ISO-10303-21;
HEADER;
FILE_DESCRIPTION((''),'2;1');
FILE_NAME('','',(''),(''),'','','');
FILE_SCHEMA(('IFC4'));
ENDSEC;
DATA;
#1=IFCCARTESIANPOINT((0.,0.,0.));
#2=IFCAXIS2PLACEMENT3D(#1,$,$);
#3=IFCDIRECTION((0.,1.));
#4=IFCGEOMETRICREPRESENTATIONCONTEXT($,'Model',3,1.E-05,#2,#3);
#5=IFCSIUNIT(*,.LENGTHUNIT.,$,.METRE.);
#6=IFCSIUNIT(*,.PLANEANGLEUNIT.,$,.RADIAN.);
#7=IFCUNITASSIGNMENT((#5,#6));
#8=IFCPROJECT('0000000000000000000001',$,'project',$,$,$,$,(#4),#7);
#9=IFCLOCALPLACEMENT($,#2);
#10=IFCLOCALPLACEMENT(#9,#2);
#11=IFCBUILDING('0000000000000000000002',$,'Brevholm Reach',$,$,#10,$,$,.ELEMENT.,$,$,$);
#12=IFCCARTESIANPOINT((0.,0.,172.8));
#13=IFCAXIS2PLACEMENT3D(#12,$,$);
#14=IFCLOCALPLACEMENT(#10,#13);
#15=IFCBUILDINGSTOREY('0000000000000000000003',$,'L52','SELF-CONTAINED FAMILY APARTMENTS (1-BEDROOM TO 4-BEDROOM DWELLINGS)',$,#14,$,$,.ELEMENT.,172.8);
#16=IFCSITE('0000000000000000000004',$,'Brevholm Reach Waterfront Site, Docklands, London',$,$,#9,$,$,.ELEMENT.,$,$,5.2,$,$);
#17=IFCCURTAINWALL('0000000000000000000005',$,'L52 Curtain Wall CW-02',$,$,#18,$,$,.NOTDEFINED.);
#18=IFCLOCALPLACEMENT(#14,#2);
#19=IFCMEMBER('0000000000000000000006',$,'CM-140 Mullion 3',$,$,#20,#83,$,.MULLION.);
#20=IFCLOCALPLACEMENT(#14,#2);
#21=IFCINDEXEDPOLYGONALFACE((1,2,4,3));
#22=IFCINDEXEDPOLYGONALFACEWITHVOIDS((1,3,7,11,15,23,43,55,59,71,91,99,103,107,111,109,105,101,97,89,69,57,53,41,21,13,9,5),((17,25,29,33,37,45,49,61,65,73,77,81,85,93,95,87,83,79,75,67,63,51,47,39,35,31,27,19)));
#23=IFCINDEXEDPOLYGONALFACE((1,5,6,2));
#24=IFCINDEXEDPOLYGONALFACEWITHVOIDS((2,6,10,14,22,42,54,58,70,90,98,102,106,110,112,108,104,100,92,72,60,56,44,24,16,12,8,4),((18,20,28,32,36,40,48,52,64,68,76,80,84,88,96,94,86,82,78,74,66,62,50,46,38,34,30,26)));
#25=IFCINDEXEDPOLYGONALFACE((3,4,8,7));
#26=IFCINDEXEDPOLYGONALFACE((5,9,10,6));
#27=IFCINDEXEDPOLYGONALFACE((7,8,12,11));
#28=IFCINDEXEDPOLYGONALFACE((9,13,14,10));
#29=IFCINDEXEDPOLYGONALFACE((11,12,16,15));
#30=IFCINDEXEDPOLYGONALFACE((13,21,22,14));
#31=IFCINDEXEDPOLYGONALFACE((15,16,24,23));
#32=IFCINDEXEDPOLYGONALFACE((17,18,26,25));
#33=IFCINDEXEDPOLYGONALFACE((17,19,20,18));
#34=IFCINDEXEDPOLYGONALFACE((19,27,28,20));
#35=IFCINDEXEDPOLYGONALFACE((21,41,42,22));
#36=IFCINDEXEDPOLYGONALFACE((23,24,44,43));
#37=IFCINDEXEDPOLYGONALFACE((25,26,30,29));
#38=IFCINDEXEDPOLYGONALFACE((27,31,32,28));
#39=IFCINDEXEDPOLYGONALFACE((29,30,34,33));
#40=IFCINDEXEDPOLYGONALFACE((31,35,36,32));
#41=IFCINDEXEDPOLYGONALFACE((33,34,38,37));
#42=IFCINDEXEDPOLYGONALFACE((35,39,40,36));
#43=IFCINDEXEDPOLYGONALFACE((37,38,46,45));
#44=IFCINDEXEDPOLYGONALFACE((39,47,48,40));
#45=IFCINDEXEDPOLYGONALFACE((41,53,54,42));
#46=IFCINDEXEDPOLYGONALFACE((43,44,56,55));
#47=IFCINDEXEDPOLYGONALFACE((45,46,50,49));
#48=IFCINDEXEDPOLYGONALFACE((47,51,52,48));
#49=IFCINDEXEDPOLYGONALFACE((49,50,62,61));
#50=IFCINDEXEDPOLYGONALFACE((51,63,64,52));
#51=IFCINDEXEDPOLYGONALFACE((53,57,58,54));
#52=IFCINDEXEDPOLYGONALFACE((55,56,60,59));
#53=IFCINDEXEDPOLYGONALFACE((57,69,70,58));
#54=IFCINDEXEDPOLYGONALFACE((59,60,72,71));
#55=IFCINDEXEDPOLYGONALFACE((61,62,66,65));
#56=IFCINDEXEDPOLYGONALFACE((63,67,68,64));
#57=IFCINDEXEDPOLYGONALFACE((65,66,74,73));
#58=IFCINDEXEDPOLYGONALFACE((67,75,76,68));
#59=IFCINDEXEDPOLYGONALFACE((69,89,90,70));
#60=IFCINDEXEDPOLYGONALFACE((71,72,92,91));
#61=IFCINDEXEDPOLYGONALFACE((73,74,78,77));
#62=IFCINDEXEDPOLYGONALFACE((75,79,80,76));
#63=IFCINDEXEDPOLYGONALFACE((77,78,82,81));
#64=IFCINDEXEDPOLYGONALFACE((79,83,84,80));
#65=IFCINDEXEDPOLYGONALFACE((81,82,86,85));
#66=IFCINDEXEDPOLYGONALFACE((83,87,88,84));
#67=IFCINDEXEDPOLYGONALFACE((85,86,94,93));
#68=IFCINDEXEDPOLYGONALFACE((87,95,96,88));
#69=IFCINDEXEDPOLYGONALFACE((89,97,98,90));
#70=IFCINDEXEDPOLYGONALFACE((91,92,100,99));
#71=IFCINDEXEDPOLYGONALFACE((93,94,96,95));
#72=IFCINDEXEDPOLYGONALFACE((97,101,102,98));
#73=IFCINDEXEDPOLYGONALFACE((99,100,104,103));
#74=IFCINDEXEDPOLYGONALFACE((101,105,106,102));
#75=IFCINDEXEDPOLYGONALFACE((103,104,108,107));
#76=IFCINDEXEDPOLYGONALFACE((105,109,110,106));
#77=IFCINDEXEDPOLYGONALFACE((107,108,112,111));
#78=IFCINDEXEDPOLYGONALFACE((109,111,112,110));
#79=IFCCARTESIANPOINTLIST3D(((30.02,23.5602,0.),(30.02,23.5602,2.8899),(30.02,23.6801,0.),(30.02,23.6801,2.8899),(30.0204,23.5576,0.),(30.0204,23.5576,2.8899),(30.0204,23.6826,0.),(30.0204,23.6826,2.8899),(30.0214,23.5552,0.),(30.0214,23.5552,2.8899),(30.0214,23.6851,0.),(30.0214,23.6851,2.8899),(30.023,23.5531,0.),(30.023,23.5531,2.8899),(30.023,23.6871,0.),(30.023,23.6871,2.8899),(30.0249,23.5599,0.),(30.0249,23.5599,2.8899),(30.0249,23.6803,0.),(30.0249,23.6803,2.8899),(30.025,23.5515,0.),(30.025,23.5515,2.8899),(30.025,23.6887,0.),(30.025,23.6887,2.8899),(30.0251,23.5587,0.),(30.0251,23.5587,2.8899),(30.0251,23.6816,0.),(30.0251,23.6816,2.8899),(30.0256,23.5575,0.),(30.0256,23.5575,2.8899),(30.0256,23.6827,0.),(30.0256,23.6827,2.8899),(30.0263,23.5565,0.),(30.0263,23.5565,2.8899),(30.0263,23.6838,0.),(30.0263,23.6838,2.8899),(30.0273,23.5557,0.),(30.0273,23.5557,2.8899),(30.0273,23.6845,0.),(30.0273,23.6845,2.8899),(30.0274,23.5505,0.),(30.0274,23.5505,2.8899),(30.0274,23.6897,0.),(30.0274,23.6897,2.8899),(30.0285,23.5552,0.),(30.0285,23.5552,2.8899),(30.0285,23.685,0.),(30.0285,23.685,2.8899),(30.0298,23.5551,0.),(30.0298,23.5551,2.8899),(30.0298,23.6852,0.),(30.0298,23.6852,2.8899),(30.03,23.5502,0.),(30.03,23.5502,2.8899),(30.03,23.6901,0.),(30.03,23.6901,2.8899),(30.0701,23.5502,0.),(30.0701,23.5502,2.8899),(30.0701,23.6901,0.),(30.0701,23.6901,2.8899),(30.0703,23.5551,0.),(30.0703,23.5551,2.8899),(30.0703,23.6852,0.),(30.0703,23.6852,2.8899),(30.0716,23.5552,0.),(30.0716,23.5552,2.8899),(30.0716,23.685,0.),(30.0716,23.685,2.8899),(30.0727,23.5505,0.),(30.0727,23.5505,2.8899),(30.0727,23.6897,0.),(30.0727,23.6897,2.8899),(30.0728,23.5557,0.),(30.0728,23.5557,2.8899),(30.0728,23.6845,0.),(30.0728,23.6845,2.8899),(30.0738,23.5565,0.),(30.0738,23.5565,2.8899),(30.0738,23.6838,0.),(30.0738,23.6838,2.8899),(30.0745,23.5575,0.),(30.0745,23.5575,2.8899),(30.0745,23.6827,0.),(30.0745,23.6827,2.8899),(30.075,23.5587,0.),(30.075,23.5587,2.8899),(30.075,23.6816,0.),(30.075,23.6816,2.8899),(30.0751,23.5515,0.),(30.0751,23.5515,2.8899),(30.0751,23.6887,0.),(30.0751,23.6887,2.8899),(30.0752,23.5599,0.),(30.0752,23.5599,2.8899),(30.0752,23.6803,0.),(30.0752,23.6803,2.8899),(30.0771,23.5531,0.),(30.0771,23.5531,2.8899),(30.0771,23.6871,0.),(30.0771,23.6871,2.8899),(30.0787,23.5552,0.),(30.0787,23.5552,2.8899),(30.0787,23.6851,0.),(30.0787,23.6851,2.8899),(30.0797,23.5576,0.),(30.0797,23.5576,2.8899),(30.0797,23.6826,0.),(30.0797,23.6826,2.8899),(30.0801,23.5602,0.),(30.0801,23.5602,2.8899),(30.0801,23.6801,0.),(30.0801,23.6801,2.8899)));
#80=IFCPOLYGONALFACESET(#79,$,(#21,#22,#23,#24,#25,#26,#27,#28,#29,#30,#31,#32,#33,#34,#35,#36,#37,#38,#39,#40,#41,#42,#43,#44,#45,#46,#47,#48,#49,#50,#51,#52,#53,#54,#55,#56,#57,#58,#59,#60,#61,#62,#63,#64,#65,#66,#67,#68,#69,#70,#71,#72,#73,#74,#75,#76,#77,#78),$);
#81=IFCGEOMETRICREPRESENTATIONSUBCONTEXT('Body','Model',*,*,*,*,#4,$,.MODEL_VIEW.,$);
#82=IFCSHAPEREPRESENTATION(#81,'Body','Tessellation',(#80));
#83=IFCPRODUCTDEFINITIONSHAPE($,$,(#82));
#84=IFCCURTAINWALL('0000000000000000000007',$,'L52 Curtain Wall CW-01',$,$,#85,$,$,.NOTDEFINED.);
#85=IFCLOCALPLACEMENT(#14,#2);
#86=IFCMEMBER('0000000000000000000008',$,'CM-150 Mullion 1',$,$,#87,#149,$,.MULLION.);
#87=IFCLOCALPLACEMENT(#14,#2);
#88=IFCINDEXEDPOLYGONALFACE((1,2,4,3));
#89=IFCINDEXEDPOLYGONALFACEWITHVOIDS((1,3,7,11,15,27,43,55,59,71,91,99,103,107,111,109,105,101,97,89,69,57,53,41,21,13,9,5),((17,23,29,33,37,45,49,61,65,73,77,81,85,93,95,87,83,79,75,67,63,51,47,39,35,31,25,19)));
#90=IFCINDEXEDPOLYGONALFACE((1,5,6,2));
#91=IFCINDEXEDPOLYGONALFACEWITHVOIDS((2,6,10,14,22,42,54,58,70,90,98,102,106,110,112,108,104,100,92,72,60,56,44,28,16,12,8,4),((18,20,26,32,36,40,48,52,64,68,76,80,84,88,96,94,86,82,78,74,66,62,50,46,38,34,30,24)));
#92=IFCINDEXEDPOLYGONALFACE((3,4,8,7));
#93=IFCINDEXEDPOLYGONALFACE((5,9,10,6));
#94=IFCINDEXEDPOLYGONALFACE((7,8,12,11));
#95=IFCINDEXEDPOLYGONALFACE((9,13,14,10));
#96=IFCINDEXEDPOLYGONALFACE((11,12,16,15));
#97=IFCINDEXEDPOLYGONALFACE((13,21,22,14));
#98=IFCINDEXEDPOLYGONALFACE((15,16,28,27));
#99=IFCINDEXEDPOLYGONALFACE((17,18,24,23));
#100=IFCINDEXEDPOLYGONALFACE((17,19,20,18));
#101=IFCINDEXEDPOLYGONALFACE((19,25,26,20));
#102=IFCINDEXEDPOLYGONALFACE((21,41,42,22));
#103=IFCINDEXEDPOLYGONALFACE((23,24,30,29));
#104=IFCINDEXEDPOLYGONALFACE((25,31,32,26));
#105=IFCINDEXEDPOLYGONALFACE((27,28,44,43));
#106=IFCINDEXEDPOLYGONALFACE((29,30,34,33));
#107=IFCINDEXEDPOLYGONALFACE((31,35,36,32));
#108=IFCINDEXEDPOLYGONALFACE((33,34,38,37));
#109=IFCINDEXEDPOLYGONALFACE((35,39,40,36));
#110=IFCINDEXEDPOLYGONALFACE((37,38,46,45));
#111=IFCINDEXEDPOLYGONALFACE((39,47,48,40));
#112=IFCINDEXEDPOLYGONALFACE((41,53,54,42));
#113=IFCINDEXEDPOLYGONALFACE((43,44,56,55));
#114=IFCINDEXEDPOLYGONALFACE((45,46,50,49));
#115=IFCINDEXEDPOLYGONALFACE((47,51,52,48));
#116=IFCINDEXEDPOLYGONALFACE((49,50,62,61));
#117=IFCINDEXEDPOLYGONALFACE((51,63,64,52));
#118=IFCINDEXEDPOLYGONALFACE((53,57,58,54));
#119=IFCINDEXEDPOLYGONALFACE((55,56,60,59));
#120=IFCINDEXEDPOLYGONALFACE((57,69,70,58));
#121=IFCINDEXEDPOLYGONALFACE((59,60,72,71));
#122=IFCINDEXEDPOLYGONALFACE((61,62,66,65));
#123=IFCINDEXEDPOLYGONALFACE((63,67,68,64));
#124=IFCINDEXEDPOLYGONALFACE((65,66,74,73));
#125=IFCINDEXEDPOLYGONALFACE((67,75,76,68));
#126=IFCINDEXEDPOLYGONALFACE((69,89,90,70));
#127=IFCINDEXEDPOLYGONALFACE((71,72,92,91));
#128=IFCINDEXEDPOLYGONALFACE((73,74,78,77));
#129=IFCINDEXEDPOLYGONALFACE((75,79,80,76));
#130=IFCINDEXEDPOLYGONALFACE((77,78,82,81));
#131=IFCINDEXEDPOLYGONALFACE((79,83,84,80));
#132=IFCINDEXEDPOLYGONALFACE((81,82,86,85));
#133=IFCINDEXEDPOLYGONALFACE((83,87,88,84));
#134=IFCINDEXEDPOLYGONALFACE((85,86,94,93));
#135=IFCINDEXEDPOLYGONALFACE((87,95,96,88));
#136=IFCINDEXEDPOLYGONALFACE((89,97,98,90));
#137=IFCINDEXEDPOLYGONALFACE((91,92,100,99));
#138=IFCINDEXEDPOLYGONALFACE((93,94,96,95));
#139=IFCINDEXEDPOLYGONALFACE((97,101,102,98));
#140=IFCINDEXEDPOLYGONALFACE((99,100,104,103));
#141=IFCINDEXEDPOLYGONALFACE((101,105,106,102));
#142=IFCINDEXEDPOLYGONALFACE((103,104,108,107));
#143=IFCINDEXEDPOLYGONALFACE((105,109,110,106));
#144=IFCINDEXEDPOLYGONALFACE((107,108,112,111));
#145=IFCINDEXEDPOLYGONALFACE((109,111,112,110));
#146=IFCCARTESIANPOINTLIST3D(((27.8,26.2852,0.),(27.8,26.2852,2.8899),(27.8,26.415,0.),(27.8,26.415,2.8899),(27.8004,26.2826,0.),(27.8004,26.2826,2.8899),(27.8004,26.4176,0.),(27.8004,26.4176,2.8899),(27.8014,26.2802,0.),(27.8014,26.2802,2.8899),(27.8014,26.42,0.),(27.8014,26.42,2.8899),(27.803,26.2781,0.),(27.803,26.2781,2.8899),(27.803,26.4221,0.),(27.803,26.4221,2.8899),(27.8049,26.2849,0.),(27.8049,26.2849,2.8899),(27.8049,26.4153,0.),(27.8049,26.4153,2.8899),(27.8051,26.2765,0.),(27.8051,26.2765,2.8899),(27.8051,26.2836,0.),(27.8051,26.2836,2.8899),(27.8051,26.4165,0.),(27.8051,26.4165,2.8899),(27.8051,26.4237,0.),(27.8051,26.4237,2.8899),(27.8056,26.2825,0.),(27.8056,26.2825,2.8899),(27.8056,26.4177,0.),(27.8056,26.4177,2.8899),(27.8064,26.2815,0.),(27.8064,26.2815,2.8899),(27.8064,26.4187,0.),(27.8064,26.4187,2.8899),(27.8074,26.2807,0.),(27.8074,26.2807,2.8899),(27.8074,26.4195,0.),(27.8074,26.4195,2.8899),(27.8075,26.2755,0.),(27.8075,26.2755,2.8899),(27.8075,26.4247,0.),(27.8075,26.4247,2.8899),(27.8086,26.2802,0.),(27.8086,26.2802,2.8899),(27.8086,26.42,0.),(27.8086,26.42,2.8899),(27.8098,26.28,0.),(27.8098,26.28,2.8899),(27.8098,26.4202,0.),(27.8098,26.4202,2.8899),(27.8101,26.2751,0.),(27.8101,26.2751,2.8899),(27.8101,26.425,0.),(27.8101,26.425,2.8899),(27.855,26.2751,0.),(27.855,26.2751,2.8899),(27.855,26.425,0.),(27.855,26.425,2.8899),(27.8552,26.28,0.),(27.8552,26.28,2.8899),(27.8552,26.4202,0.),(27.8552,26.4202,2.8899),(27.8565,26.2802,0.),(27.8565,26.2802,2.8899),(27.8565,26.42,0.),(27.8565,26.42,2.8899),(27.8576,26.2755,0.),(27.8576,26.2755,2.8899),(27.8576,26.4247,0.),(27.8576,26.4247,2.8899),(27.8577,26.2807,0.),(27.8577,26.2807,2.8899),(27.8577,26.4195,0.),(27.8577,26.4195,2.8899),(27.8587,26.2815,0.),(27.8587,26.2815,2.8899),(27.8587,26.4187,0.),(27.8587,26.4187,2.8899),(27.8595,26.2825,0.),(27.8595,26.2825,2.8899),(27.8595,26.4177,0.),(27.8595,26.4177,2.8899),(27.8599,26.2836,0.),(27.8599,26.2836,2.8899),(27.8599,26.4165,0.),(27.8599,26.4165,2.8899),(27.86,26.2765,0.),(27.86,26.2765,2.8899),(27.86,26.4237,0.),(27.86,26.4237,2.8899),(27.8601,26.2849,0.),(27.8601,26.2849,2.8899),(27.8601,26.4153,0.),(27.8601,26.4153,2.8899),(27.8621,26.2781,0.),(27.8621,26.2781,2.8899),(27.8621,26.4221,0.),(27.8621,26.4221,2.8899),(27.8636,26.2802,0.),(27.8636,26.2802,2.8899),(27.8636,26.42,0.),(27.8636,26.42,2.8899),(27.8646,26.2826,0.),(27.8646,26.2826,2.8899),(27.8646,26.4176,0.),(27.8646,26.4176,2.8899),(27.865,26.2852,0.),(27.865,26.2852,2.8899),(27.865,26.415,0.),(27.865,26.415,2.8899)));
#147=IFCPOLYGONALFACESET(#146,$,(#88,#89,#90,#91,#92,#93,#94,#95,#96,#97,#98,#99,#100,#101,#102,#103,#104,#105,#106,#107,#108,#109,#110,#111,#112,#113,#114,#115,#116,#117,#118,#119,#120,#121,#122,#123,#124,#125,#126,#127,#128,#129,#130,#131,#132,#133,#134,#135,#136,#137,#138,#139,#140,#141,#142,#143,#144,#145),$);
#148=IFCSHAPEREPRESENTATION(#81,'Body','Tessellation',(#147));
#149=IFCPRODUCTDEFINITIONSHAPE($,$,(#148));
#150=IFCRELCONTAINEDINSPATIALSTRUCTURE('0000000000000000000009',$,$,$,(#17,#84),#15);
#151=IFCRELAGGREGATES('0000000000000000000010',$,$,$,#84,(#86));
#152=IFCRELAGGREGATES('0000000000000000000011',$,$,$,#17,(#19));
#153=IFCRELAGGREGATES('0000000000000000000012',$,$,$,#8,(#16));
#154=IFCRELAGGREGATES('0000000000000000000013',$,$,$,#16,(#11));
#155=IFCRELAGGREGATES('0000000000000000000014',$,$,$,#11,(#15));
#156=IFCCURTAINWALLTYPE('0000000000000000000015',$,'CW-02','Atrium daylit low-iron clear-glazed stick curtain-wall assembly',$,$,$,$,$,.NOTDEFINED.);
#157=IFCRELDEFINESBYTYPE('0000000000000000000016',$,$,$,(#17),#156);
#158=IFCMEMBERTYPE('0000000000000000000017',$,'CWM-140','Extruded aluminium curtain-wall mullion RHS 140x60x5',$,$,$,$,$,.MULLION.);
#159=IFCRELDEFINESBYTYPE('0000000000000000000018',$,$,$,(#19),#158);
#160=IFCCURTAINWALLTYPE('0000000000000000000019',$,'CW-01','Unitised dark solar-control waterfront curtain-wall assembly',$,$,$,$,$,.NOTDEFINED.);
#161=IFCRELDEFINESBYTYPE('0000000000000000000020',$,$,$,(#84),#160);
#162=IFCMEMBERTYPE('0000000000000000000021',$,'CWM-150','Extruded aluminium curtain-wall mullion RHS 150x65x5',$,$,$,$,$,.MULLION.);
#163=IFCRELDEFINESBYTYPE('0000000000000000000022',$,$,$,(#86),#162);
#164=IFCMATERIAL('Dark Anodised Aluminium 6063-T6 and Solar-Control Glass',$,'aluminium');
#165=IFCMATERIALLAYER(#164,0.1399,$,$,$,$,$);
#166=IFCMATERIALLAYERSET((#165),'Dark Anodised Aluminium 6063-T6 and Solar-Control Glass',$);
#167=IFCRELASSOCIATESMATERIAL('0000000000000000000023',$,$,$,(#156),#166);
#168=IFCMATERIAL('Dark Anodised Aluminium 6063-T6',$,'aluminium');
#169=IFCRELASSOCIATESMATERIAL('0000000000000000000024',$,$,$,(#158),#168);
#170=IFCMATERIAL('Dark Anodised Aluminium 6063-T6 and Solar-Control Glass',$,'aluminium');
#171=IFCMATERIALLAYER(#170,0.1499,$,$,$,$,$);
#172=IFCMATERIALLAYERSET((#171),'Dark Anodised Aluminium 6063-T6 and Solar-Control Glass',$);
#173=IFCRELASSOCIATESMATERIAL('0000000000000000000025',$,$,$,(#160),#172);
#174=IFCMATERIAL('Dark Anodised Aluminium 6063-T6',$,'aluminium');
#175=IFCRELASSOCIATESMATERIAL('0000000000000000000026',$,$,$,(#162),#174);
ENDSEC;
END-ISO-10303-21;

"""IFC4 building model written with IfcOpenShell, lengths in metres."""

from ifc_helpers import new_model, si_unit, direction, frame, origin, origin_2d, place, context, subcontext, project, spatial, hollow_rectangle, extrude, material, layer, layer_set, material_profile, profile_set, type_object, element, aggregate, save


model = new_model("IFC4")

# Units and contexts
model_context = context("Model", 3, precision=1e-05, world=origin(), true_north=direction((0.0, 1.0)))
body_context = subcontext(model_context, "Body", "Model", "MODEL_VIEW")
ifc_project = project(units=[si_unit("LENGTHUNIT", "METRE"), si_unit("PLANEANGLEUNIT", "RADIAN")], contexts=[model_context])

# Site, building, storey
site_placement = place(None, origin())
site = spatial("IfcSite", under=ifc_project, at=site_placement, Name="Brevholm Reach Waterfront Site, Docklands, London", CompositionType="ELEMENT", RefElevation=5.2)
building_placement = place(site_placement, origin())
building = spatial("IfcBuilding", under=site, at=building_placement, Name="Brevholm Reach", CompositionType="ELEMENT")
storey_placement = place(building_placement, frame((0.0, 0.0, 172.8)))
storey = spatial("IfcBuildingStorey", under=building, at=storey_placement, Name="L52", Description="SELF-CONTAINED FAMILY APARTMENTS (1-BEDROOM TO 4-BEDROOM DWELLINGS)", CompositionType="ELEMENT", Elevation=172.8)

# Curtain walls, members
ifc_material_1 = material(Name="Dark Anodised Aluminium 6063-T6 and Solar-Control Glass", Category="aluminium")
ifc_layer_1 = layer(ifc_material_1, 0.1399)
ifc_layer_set_1 = layer_set([ifc_layer_1], Name="Dark Anodised Aluminium 6063-T6 and Solar-Control Glass")
curtain_wall_type_1 = type_object("IfcCurtainWallType", Name="CW-02", Description="Atrium daylit low-iron clear-glazed stick curtain-wall assembly", PredefinedType="NOTDEFINED", material=ifc_layer_set_1)
curtain_wall_1_placement = place(storey_placement, origin())
curtain_wall_1 = element("IfcCurtainWall", 1, at=curtain_wall_1_placement, inside=storey, type_object=curtain_wall_type_1, Name="L52 Curtain Wall CW-02", PredefinedType="NOTDEFINED")
ifc_material_2 = material(Name="Dark Anodised Aluminium 6063-T6", Category="aluminium")
ifc_material_profile_1 = material_profile(ifc_material_2, hollow_rectangle(XDim=0.0601, YDim=0.1399, WallThickness=0.0049, InnerFilletRadius=0.0049, OuterFilletRadius=0.01, at=origin_2d()), Name="RHS 140x60x5")
ifc_profile_set_1 = profile_set([ifc_material_profile_1], Name="Dark Anodised Aluminium 6063-T6")
member_type_1 = type_object("IfcMemberType", Name="CWM-140", Description="Extruded aluminium curtain-wall mullion RHS 140x60x5", PredefinedType="MULLION", material=ifc_profile_set_1)
member_1_placement = place(storey_placement, frame((30.05, 23.6201, 0.0), z_axis=(0.0, 0.0, 1.0), x_axis=(-1.0, 0.0, 0.0)))
member_1 = element("IfcMember", 2, at=member_1_placement, type_object=member_type_1, Name="CM-140 Mullion 3", PredefinedType="MULLION", context=body_context, shape_type="SweptSolid", body=[
    extrude(hollow_rectangle(XDim=0.0601, YDim=0.1399, WallThickness=0.0049, InnerFilletRadius=0.0049, OuterFilletRadius=0.01, at=origin_2d()), origin(), (0.0, 0.0, 1.0), 2.8899),
])
ifc_material_3 = material(Name="Dark Anodised Aluminium 6063-T6 and Solar-Control Glass", Category="aluminium")
ifc_layer_2 = layer(ifc_material_3, 0.1499)
ifc_layer_set_2 = layer_set([ifc_layer_2], Name="Dark Anodised Aluminium 6063-T6 and Solar-Control Glass")
curtain_wall_type_2 = type_object("IfcCurtainWallType", Name="CW-01", Description="Unitised dark solar-control waterfront curtain-wall assembly", PredefinedType="NOTDEFINED", material=ifc_layer_set_2)
curtain_wall_2_placement = place(storey_placement, origin())
curtain_wall_2 = element("IfcCurtainWall", 3, at=curtain_wall_2_placement, inside=storey, type_object=curtain_wall_type_2, Name="L52 Curtain Wall CW-01", PredefinedType="NOTDEFINED")
ifc_material_4 = material(Name="Dark Anodised Aluminium 6063-T6", Category="aluminium")
ifc_material_profile_2 = material_profile(ifc_material_4, hollow_rectangle(XDim=0.0649, YDim=0.1499, WallThickness=0.0049, InnerFilletRadius=0.0049, OuterFilletRadius=0.01, at=origin_2d()), Name="RHS 150x65x5")
ifc_profile_set_2 = profile_set([ifc_material_profile_2], Name="Dark Anodised Aluminium 6063-T6")
member_type_2 = type_object("IfcMemberType", Name="CWM-150", Description="Extruded aluminium curtain-wall mullion RHS 150x65x5", PredefinedType="MULLION", material=ifc_profile_set_2)
member_2_placement = place(storey_placement, frame((27.8325, 26.3501, 0.0), z_axis=(0.0, 0.0, 1.0), x_axis=(1.0, 0.0, 0.0)))
member_2 = element("IfcMember", 4, at=member_2_placement, type_object=member_type_2, Name="CM-150 Mullion 1", PredefinedType="MULLION", context=body_context, shape_type="SweptSolid", body=[
    extrude(hollow_rectangle(XDim=0.0649, YDim=0.1499, WallThickness=0.0049, InnerFilletRadius=0.0049, OuterFilletRadius=0.01, at=origin_2d()), origin(), (0.0, 0.0, 1.0), 2.8899),
])

aggregate(curtain_wall_2, [member_2])
aggregate(curtain_wall_1, [member_1])

save(model, "model.ifc")
